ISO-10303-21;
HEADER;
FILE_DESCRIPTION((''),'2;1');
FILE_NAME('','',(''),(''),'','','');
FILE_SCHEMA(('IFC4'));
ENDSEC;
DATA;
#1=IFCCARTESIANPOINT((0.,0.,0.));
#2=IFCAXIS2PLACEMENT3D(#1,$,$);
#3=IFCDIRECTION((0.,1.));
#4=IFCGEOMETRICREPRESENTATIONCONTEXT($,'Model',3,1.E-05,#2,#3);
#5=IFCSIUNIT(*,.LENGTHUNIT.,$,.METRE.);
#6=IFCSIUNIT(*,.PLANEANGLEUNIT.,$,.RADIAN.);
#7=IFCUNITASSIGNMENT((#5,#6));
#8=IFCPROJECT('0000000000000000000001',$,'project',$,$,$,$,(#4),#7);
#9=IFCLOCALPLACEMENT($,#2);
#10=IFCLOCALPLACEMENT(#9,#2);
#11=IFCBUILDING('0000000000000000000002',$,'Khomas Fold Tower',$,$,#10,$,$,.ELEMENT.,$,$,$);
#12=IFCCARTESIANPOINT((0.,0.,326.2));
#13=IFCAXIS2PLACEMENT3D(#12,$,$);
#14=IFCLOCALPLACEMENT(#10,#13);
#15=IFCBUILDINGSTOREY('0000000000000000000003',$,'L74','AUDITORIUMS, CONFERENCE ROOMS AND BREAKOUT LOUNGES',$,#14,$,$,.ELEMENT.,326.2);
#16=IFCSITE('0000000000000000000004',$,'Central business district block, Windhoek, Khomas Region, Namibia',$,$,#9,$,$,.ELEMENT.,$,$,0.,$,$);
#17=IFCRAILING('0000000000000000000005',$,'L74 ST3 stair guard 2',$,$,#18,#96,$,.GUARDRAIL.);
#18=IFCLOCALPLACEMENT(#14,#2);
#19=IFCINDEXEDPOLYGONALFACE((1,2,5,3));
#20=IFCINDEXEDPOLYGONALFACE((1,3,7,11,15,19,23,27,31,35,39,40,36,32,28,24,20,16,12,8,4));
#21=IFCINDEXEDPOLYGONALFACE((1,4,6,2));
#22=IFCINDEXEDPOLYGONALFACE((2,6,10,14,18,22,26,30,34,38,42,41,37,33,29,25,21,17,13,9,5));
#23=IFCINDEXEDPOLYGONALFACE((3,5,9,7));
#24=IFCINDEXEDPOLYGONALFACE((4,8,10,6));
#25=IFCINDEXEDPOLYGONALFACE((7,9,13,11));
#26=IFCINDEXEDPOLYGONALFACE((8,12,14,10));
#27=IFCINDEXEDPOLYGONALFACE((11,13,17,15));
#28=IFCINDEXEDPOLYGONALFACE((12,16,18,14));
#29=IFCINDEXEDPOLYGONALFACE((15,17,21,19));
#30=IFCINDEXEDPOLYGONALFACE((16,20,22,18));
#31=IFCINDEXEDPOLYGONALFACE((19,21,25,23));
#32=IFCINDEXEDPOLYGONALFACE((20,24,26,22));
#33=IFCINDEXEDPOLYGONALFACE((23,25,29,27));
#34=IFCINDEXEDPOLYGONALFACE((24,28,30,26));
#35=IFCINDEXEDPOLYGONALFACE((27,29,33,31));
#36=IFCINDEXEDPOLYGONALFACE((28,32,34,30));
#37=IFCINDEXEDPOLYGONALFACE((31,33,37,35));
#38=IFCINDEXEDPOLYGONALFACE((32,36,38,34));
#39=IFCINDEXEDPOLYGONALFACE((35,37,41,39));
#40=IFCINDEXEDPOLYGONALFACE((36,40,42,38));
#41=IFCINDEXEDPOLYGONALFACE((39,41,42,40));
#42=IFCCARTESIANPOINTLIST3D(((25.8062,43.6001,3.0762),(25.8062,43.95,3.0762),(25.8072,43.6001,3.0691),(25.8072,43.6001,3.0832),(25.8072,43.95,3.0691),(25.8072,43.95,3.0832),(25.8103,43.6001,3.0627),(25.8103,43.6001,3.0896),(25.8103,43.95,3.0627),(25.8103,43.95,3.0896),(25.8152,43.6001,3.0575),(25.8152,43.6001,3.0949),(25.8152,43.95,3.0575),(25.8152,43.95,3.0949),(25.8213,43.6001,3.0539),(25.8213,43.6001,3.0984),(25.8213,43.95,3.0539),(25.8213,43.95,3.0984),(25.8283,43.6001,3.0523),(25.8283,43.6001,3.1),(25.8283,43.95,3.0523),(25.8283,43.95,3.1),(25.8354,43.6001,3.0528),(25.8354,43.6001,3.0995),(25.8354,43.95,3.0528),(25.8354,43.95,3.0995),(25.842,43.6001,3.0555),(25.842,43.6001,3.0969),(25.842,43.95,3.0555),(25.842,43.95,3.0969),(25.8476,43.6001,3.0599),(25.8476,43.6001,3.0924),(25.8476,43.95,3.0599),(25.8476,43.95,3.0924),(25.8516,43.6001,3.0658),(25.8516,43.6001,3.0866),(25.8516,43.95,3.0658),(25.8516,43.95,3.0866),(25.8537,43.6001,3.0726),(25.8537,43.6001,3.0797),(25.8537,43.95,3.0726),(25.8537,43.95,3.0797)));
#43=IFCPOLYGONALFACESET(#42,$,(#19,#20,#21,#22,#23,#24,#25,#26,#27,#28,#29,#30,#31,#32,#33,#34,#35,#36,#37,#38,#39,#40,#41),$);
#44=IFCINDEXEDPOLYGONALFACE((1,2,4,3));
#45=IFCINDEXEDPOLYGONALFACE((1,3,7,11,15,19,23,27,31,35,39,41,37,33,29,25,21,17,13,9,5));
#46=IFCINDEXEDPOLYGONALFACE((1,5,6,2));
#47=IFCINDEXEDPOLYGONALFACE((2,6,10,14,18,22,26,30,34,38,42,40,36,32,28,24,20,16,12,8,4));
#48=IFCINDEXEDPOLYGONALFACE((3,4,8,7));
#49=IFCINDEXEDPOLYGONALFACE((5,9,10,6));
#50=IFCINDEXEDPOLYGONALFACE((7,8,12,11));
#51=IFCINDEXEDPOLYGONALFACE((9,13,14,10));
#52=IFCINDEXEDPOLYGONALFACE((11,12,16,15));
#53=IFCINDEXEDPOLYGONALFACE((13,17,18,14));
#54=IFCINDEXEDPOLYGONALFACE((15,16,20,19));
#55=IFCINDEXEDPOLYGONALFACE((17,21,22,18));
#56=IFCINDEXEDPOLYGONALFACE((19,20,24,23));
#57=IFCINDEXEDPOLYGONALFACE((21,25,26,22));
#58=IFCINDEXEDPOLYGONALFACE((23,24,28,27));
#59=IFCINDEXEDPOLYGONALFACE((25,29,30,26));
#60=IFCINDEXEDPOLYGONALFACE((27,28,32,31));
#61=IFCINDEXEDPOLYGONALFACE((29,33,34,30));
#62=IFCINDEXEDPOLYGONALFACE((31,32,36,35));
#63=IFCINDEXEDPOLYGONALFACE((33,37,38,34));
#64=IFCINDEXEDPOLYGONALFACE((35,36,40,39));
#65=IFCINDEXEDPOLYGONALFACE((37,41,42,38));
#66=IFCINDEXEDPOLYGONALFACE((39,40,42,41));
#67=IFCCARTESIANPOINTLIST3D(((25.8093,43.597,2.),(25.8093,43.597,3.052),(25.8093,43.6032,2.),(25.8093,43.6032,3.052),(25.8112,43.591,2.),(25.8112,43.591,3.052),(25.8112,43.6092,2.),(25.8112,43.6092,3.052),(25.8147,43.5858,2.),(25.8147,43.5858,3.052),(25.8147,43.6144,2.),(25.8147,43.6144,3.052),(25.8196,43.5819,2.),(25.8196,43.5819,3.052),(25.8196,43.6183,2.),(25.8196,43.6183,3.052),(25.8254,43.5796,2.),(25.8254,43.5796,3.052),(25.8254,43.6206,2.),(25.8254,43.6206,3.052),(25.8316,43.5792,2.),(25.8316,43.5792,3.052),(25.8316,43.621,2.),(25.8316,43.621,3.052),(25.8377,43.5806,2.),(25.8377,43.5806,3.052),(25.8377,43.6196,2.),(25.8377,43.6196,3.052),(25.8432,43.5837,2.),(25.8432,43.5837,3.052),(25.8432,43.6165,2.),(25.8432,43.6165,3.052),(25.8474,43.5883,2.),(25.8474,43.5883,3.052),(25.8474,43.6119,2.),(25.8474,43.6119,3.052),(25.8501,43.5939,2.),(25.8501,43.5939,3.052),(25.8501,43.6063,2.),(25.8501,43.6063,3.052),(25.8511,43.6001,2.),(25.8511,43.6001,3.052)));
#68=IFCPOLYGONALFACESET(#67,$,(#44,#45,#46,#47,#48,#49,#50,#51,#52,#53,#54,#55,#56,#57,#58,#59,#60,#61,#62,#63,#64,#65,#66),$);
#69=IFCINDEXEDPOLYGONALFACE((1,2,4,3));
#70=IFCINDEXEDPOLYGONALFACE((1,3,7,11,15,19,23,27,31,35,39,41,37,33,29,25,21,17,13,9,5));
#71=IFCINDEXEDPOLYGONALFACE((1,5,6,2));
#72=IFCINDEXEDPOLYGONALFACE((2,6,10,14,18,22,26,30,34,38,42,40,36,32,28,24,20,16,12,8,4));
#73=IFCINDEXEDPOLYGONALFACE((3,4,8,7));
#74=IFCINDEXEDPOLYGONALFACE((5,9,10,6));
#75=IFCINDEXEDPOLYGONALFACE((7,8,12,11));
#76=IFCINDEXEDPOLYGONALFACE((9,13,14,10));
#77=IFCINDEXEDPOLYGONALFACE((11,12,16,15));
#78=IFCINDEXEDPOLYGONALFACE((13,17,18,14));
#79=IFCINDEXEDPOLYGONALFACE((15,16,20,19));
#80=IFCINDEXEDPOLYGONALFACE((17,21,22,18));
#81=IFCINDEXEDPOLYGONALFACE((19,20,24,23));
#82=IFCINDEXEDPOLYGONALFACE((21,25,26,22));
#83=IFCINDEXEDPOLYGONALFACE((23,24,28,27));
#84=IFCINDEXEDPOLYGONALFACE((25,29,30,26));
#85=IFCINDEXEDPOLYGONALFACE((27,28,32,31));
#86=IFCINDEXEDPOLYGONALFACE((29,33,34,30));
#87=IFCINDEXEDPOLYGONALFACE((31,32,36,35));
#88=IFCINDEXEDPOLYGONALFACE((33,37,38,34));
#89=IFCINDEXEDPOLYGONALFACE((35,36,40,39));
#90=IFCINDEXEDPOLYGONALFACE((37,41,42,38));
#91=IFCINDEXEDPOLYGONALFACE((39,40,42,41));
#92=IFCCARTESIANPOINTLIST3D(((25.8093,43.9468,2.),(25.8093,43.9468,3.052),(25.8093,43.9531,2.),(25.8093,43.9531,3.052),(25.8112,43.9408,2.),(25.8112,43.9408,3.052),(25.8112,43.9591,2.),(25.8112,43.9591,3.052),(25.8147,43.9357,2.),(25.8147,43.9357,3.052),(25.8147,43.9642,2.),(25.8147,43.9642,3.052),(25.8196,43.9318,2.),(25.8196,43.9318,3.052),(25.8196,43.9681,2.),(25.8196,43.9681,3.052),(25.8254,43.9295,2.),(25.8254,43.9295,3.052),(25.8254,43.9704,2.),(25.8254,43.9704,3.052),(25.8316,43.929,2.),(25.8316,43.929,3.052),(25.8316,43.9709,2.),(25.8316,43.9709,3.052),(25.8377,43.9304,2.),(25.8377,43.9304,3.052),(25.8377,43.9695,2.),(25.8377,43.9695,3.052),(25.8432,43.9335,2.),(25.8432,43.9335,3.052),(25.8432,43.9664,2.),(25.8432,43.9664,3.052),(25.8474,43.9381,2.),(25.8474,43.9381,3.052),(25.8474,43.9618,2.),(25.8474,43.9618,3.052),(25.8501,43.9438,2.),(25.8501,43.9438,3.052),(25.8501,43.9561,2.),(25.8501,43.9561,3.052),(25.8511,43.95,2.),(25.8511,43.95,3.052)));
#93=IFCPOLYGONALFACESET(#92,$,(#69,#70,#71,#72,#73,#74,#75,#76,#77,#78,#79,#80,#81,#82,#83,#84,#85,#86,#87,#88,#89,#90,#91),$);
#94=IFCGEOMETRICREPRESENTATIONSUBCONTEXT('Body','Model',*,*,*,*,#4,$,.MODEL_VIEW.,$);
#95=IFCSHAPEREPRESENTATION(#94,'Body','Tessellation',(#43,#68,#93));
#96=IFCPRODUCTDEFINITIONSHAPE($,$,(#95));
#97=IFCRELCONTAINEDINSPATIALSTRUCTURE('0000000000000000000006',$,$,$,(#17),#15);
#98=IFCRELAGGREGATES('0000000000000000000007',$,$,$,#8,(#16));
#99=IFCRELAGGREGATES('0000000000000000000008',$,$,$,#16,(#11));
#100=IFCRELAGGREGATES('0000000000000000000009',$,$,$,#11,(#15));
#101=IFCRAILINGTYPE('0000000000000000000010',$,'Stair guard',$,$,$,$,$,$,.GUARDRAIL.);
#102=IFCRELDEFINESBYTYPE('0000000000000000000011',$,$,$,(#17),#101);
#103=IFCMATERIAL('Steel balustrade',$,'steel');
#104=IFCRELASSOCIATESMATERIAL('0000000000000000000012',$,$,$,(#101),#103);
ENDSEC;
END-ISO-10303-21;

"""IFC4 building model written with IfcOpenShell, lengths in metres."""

from ifc_helpers import new_model, si_unit, direction, frame, origin, origin_2d, place, context, subcontext, project, spatial, circle, extrude, source, transform, mapped, material, type_object, element, save


model = new_model("IFC4")

# Units and contexts
model_context = context("Model", 3, precision=1e-05, world=origin(), true_north=direction((0.0, 1.0)))
body_context = subcontext(model_context, "Body", "Model", "MODEL_VIEW")
ifc_project = project(units=[si_unit("LENGTHUNIT", "METRE"), si_unit("PLANEANGLEUNIT", "RADIAN")], contexts=[model_context])

# Site, building, storey
site_placement = place(None, origin())
site = spatial("IfcSite", under=ifc_project, at=site_placement, Name="Central business district block, Windhoek, Khomas Region, Namibia", CompositionType="ELEMENT", RefElevation=0.0)
building_placement = place(site_placement, origin())
building = spatial("IfcBuilding", under=site, at=building_placement, Name="Khomas Fold Tower", CompositionType="ELEMENT")
storey_placement = place(building_placement, frame((0.0, 0.0, 326.2)))
storey = spatial("IfcBuildingStorey", under=building, at=storey_placement, Name="L74", Description="AUDITORIUMS, CONFERENCE ROOMS AND BREAKOUT LOUNGES", CompositionType="ELEMENT", Elevation=326.2)

# Railing
ifc_material_1 = material(Name="Steel balustrade", Category="steel")
railing_type_1 = type_object("IfcRailingType", Name="Stair guard", PredefinedType="GUARDRAIL", material=ifc_material_1)
shared_shape_1 = source(origin(), body_context, "Body", "SweptSolid", [
    extrude(circle(Radius=0.0239, at=origin_2d()), frame((0.0, 0.0, 1.0762), z_axis=(0.0, 1.0, 0.0), x_axis=(-1.0, 0.0, 0.0)), (0.0, 0.0, 1.0), 0.3499),
    extrude(circle(Radius=0.021, at=origin_2d()), origin(), (0.0, 0.0, 1.0), 1.052),
    extrude(circle(Radius=0.021, at=origin_2d()), frame((0.0, 0.3499, 0.0)), (0.0, 0.0, 1.0), 1.052),
])
railing_1_placement = place(storey_placement, frame((25.8301, 43.6001, 2.0)))
element("IfcRailing", 1, at=railing_1_placement, inside=storey, type_object=railing_type_1, Name="L74 ST3 stair guard 2", PredefinedType="GUARDRAIL", context=body_context, shape_type="MappedRepresentation", body=[
    mapped(shared_shape_1, transform((0.0, 0.0, 0.0))),
])

save(model, "model.ifc")
